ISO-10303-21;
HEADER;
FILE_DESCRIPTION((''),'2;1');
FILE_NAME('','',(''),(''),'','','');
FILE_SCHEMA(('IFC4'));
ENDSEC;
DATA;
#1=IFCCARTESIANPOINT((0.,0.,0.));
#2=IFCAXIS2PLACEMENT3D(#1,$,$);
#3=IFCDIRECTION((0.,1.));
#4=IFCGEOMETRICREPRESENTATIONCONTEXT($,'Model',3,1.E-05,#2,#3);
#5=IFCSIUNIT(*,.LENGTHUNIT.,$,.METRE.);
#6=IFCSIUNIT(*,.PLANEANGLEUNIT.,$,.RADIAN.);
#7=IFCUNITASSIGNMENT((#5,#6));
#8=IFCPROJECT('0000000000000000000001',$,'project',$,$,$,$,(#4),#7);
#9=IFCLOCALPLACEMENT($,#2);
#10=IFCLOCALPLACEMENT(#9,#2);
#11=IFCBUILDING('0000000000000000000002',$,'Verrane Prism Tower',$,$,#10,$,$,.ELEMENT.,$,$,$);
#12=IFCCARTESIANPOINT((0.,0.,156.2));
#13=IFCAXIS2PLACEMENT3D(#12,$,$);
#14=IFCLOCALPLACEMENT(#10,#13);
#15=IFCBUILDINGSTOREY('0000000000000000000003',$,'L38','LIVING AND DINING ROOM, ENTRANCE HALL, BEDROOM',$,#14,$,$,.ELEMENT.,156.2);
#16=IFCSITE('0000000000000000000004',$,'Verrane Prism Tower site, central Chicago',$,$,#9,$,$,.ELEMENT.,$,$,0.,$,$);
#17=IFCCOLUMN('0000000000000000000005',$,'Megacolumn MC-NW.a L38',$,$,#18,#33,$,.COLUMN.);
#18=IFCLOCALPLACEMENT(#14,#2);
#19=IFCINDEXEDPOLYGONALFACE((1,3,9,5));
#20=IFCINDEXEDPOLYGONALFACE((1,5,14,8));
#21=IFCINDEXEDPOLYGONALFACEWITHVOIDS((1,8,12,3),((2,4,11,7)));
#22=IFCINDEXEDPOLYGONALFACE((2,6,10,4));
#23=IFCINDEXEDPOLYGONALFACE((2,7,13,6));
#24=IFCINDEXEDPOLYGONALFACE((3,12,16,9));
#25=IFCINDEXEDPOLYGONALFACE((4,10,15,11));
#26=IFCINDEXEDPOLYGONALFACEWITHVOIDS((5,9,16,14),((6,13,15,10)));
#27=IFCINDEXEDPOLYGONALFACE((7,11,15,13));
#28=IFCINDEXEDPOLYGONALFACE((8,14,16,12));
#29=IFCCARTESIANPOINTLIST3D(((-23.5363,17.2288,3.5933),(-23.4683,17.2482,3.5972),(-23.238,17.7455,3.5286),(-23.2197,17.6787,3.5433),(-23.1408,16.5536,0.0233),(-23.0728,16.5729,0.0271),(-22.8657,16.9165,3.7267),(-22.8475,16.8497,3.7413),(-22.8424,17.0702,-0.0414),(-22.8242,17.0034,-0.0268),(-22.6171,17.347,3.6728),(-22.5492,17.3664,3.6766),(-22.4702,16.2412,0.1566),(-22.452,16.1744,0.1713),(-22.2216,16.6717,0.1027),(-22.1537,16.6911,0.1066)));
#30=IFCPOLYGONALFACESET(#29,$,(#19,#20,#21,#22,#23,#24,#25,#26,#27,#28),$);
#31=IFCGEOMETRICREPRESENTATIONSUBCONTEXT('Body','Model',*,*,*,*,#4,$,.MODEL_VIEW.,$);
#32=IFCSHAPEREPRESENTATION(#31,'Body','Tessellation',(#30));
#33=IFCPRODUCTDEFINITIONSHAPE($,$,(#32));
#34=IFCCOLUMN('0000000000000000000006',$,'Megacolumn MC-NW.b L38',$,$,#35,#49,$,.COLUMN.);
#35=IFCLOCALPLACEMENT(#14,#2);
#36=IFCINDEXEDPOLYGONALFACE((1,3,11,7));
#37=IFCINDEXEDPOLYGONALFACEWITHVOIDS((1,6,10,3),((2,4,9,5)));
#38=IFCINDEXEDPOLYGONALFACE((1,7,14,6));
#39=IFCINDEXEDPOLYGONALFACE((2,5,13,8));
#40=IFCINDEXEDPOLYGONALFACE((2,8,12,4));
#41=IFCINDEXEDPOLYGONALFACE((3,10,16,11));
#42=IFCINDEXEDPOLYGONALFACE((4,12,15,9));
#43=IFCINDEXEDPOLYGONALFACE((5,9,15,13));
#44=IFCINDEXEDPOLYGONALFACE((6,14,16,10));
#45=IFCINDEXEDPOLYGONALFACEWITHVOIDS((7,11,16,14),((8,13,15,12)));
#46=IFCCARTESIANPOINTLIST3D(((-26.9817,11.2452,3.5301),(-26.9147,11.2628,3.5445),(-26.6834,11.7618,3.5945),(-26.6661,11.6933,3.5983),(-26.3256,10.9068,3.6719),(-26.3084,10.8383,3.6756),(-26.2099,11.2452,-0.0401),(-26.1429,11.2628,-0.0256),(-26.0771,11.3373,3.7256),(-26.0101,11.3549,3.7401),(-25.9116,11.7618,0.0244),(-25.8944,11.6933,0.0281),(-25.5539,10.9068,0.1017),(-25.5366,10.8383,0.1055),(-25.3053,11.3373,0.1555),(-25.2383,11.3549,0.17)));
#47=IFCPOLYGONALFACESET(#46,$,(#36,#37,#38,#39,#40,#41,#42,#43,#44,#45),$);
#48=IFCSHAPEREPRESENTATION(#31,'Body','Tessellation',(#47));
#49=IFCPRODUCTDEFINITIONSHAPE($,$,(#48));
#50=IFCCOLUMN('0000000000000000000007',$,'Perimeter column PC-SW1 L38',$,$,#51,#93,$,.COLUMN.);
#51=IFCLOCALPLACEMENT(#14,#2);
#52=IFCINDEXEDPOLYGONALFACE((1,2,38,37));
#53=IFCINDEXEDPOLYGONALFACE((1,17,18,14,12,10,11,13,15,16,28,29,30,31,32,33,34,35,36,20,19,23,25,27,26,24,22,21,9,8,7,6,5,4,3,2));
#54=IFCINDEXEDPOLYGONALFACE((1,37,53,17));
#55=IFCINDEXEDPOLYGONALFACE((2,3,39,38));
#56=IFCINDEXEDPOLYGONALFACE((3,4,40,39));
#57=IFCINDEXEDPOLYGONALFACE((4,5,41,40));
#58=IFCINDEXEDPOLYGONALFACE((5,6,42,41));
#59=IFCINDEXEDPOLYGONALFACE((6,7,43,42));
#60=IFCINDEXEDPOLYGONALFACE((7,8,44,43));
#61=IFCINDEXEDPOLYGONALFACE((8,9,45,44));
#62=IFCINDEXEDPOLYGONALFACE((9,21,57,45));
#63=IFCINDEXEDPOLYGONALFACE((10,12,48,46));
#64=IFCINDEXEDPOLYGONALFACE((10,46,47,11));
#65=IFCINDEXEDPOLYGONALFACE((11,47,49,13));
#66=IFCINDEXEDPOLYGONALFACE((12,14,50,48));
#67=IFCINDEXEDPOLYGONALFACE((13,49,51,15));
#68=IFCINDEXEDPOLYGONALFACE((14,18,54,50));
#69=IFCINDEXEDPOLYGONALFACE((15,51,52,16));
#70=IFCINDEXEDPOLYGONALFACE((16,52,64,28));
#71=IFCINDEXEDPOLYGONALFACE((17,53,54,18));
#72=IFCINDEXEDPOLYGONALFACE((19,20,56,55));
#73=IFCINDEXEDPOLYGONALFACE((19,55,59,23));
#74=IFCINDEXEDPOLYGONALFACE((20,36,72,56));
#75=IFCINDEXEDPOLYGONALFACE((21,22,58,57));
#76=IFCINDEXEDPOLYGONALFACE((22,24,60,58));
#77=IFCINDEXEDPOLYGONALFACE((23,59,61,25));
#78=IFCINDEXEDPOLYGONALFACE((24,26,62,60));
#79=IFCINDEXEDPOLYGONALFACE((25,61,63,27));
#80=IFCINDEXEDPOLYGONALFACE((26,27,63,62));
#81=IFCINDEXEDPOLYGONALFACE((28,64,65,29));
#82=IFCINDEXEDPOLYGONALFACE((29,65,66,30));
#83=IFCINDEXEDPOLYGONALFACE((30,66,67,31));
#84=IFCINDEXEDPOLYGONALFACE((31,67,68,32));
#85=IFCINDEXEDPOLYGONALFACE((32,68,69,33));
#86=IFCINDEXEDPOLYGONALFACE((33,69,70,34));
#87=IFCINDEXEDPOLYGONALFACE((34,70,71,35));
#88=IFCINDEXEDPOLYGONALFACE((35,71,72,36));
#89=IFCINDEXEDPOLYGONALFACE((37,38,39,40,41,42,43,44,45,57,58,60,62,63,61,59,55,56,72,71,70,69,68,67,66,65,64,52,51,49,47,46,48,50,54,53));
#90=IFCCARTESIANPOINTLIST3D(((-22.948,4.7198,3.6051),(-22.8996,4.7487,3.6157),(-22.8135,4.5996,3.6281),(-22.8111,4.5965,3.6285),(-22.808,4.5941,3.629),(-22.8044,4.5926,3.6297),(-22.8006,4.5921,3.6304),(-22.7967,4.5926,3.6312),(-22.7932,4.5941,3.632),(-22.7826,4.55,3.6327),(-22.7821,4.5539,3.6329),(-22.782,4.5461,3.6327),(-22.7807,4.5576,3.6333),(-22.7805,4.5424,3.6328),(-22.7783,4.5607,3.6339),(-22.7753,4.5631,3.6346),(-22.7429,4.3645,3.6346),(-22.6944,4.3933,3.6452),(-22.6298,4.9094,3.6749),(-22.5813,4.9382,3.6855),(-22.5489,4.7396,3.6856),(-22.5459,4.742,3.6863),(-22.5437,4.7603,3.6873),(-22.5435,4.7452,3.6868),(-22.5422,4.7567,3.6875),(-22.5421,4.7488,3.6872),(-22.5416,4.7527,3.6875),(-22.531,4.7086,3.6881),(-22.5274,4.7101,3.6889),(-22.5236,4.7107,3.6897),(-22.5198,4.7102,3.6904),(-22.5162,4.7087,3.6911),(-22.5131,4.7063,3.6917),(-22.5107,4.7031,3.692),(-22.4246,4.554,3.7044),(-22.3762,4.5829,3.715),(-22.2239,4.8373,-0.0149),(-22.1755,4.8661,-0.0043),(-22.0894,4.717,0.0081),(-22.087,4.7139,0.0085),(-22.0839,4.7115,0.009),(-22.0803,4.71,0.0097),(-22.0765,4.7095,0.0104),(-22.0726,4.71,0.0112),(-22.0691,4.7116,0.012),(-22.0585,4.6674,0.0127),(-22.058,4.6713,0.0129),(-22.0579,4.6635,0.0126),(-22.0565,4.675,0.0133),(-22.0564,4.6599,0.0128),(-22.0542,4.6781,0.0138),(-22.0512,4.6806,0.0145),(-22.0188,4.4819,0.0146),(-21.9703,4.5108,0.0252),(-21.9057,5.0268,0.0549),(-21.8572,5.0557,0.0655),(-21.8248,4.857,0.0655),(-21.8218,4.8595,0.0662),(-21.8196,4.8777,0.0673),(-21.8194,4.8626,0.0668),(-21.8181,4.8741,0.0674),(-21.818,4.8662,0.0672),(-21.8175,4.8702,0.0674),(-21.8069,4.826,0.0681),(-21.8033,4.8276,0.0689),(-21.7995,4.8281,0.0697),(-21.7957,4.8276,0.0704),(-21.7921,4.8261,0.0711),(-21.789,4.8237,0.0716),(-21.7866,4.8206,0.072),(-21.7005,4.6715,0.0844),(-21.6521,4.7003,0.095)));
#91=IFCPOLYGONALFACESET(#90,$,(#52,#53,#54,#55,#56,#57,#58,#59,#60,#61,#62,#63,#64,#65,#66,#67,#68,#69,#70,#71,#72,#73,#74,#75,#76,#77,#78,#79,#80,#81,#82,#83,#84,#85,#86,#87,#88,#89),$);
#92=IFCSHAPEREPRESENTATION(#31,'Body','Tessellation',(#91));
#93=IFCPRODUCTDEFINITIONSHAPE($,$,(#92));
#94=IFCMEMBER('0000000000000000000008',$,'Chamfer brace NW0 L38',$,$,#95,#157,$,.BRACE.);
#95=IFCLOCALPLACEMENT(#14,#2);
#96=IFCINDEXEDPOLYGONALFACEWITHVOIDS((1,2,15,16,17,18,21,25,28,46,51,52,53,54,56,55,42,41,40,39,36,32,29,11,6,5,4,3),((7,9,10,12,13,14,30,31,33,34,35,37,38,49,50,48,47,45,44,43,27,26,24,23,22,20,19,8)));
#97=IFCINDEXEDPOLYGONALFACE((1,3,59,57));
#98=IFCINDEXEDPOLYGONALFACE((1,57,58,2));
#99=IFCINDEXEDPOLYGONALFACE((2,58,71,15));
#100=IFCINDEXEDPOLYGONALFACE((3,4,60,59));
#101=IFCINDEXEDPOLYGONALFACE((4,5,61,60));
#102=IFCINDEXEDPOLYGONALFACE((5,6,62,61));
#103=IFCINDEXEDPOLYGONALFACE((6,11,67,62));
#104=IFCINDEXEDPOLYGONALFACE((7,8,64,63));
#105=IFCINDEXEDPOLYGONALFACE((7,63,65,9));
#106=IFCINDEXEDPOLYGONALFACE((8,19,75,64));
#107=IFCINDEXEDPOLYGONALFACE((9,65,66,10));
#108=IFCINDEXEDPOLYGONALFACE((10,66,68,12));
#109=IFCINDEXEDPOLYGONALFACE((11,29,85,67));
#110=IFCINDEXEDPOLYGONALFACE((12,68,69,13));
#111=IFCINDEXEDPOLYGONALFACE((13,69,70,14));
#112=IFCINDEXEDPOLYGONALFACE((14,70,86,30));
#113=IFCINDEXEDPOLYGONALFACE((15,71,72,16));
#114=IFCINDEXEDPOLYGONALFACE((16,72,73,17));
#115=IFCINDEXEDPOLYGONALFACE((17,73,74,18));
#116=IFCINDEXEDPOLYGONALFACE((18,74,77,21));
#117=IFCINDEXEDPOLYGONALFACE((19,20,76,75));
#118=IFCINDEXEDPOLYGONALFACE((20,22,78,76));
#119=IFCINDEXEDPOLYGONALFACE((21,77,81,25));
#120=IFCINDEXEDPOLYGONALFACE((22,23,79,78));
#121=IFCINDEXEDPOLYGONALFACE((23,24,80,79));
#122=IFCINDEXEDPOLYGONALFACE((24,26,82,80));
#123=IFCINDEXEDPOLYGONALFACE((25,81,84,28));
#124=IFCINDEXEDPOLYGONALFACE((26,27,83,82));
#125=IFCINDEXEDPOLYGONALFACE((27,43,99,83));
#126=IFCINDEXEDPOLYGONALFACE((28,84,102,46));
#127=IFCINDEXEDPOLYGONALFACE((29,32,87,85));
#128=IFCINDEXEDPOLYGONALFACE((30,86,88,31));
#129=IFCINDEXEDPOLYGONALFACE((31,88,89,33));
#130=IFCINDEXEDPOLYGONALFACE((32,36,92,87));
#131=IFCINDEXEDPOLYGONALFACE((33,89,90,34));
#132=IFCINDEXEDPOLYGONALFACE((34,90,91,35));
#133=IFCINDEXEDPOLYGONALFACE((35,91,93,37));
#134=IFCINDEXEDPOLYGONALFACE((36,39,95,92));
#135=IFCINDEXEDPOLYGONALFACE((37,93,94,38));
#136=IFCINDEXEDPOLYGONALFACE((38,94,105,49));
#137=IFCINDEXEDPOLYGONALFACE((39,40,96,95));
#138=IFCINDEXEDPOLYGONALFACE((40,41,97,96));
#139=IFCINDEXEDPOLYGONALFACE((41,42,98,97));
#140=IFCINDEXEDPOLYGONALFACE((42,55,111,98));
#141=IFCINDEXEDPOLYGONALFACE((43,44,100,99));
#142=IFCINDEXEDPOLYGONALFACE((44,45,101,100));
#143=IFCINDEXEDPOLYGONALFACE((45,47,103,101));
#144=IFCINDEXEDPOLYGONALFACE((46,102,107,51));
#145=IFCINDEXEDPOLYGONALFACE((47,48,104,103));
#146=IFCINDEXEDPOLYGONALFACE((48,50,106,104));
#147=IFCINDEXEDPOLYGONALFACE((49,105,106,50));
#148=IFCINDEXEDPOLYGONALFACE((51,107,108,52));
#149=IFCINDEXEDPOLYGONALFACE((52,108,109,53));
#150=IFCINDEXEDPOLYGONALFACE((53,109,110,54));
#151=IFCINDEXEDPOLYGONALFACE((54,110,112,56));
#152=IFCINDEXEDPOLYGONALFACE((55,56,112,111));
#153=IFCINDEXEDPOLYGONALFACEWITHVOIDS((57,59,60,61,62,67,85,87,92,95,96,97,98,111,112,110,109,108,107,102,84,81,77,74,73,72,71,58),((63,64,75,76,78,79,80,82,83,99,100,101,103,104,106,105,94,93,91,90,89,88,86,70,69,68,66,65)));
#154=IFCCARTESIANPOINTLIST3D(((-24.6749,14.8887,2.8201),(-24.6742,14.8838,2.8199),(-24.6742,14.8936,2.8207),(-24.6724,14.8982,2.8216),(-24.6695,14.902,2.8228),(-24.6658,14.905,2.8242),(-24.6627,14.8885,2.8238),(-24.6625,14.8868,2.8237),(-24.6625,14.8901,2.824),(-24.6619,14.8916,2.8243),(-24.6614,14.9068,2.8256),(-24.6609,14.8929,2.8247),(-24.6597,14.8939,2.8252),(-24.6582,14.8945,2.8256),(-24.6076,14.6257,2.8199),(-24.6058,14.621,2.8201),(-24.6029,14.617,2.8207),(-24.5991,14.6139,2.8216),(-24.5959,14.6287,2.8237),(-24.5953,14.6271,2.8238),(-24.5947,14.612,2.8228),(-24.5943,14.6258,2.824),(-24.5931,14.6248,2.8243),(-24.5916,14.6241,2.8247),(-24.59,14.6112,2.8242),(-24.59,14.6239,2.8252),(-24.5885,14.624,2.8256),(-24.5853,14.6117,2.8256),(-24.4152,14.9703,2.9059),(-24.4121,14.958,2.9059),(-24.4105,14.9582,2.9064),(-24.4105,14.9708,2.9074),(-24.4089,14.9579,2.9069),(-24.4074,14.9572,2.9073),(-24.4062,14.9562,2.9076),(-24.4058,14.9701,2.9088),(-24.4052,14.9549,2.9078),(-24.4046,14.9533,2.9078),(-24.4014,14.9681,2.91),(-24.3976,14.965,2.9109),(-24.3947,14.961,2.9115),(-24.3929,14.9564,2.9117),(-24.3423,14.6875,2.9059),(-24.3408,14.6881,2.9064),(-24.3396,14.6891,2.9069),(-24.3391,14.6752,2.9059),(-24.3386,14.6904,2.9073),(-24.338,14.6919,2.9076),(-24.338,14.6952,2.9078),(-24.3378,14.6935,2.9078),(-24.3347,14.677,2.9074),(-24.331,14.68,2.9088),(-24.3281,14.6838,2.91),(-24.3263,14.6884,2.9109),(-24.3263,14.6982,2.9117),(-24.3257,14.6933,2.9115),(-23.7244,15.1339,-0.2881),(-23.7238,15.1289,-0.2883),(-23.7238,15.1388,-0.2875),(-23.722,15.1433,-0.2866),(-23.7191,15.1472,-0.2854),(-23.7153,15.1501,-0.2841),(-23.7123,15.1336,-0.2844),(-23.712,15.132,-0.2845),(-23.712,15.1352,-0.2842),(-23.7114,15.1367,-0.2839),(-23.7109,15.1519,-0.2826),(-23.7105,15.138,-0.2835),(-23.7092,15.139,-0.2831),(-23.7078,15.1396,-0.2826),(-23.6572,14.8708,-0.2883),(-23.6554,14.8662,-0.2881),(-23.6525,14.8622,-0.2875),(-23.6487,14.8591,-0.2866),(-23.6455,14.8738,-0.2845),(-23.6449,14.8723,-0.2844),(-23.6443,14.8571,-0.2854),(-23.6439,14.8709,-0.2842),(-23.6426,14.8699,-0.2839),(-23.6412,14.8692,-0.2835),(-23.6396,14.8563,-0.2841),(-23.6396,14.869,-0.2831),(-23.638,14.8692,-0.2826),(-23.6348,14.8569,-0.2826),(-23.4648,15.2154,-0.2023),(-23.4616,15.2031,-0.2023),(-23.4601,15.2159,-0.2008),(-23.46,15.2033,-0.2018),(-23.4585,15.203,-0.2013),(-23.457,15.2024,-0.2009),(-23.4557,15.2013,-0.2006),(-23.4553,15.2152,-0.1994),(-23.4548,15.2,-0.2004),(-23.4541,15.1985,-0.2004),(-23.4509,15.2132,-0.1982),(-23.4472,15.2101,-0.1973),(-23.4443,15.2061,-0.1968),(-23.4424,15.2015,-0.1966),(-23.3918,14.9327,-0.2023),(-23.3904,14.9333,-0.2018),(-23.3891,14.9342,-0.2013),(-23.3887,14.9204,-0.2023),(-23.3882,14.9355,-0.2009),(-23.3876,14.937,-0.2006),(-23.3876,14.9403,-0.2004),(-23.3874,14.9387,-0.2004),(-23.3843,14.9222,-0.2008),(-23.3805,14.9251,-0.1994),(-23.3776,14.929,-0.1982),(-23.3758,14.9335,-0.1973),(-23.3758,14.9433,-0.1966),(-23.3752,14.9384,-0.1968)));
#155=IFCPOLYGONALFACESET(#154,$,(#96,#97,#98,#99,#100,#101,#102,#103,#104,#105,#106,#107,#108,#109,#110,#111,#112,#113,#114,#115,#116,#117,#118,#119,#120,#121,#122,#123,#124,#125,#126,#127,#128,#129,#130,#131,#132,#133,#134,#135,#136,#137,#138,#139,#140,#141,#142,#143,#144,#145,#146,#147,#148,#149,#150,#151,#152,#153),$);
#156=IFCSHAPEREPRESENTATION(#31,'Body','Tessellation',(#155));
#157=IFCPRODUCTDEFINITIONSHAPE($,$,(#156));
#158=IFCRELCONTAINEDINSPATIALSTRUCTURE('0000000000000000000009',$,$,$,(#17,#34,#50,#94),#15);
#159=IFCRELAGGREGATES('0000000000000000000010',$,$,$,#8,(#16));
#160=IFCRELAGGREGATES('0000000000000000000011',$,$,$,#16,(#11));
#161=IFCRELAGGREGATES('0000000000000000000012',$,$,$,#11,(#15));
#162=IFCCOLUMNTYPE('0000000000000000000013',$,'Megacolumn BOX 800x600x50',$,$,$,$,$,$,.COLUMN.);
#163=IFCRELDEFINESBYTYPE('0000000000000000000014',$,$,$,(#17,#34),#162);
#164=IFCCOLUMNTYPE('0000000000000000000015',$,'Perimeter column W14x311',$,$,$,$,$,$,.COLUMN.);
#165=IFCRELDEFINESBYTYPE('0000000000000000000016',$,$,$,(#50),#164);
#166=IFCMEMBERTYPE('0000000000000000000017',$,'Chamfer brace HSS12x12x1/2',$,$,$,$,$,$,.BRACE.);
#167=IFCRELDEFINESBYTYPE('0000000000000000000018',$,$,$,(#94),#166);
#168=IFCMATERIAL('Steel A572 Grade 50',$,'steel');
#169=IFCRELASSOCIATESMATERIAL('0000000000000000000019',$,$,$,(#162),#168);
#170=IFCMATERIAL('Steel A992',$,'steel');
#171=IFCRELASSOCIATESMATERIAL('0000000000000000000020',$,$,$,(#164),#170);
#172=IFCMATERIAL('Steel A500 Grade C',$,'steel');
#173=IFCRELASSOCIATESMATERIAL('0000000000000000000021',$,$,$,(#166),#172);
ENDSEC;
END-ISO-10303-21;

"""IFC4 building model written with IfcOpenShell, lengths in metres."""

from ifc_helpers import new_model, si_unit, direction, frame, origin, origin_2d, place, context, subcontext, project, spatial, hollow_rectangle, i_section, extrude, material, material_profile, profile_set, type_object, element, save


model = new_model("IFC4")

# Units and contexts
model_context = context("Model", 3, precision=1e-05, world=origin(), true_north=direction((0.0, 1.0)))
body_context = subcontext(model_context, "Body", "Model", "MODEL_VIEW")
ifc_project = project(units=[si_unit("LENGTHUNIT", "METRE"), si_unit("PLANEANGLEUNIT", "RADIAN")], contexts=[model_context])

# Site, building, storey
site_placement = place(None, origin())
site = spatial("IfcSite", under=ifc_project, at=site_placement, Name="Verrane Prism Tower site, central Chicago", CompositionType="ELEMENT", RefElevation=0.0)
building_placement = place(site_placement, origin())
building = spatial("IfcBuilding", under=site, at=building_placement, Name="Verrane Prism Tower", CompositionType="ELEMENT")
storey_placement = place(building_placement, frame((0.0, 0.0, 156.2)))
storey = spatial("IfcBuildingStorey", under=building, at=storey_placement, Name="L38", Description="LIVING AND DINING ROOM, ENTRANCE HALL, BEDROOM", CompositionType="ELEMENT", Elevation=156.2)

# Columns
ifc_material_1 = material(Name="Steel A572 Grade 50", Category="steel")
ifc_material_profile_1 = material_profile(ifc_material_1, hollow_rectangle(XDim=0.6001, YDim=0.8, WallThickness=0.05, at=origin_2d()), Name="BOX 800x600x50")
ifc_profile_set_1 = profile_set([ifc_material_profile_1], Name="Steel A572 Grade 50")
column_type_1 = type_object("IfcColumnType", Name="Megacolumn BOX 800x600x50", PredefinedType="COLUMN", material=ifc_profile_set_1)
column_1_placement = place(storey_placement, frame((-22.6472, 16.6223, 0.0649), z_axis=(-0.108215, 0.184767, 0.976806), x_axis=(0.497104, 0.860971, -0.107785)))
element("IfcColumn", 1, at=column_1_placement, inside=storey, type_object=column_type_1, Name="Megacolumn MC-NW.a L38", PredefinedType="COLUMN", context=body_context, shape_type="SweptSolid", body=[
    extrude(hollow_rectangle(XDim=0.6001, YDim=0.8, WallThickness=0.05, at=origin_2d()), origin(), (0.0, 0.0, 1.0), 3.6548),
])
column_2_placement = place(storey_placement, frame((-25.7241, 11.3, 0.0649), z_axis=(-0.211286, 0.0, 0.977424), x_axis=(0.497109, 0.861008, 0.107458)))
element("IfcColumn", 2, at=column_2_placement, inside=storey, type_object=column_type_1, Name="Megacolumn MC-NW.b L38", PredefinedType="COLUMN", context=body_context, shape_type="SweptSolid", body=[
    extrude(hollow_rectangle(XDim=0.6001, YDim=0.8, WallThickness=0.05, at=origin_2d()), origin(), (0.0, 0.0, 1.0), 3.6526),
])
ifc_material_2 = material(Name="Steel A992", Category="steel")
ifc_material_profile_2 = material_profile(ifc_material_2, i_section(OverallWidth=0.4114, OverallDepth=0.4343, WebThickness=0.0359, FlangeThickness=0.0574, FilletRadius=0.0151, at=origin_2d()), Name="W14x311")
ifc_profile_set_2 = profile_set([ifc_material_profile_2], Name="Steel A992")
column_type_2 = type_object("IfcColumnType", Name="Perimeter column W14x311", PredefinedType="COLUMN", material=ifc_profile_set_2)
column_3_placement = place(storey_placement, frame((-21.938, 4.7688, 0.04), z_axis=(-0.196042, -0.031792, 0.98008), x_axis=(-0.498718, 0.863791, -0.071737)))
element("IfcColumn", 3, at=column_3_placement, inside=storey, type_object=column_type_2, Name="Perimeter column PC-SW1 L38", PredefinedType="COLUMN", context=body_context, shape_type="SweptSolid", body=[
    extrude(i_section(OverallWidth=0.4114, OverallDepth=0.4343, WebThickness=0.0359, FlangeThickness=0.0574, FilletRadius=0.0151, at=origin_2d()), origin(), (0.0, 0.0, 1.0), 3.6936),
])

# Member
ifc_material_3 = material(Name="Steel A500 Grade C", Category="steel")
ifc_material_profile_3 = material_profile(ifc_material_3, hollow_rectangle(XDim=0.3047, YDim=0.3047, WallThickness=0.0127, InnerFilletRadius=0.0063, OuterFilletRadius=0.019, at=origin_2d()), Name="HSS12x12x1/2")
ifc_profile_set_3 = profile_set([ifc_material_profile_3], Name="Steel A500 Grade C")
member_type_1 = type_object("IfcMemberType", Name="Chamfer brace HSS12x12x1/2", PredefinedType="BRACE", material=ifc_profile_set_3)
member_1_placement = place(storey_placement, frame((-23.5498, 15.0361, -0.2424), z_axis=(-0.291595, -0.075202, 0.953581), x_axis=(0.249728, -0.968316, 0.0)))
element("IfcMember", 4, at=member_1_placement, inside=storey, type_object=member_type_1, Name="Chamfer brace NW0 L38", PredefinedType="BRACE", context=body_context, shape_type="SweptSolid", body=[
    extrude(hollow_rectangle(XDim=0.3047, YDim=0.3047, WallThickness=0.0127, InnerFilletRadius=0.0063, OuterFilletRadius=0.019, at=origin_2d()), origin(), (0.0, 0.0, 1.0), 3.2595),
])

save(model, "model.ifc")
